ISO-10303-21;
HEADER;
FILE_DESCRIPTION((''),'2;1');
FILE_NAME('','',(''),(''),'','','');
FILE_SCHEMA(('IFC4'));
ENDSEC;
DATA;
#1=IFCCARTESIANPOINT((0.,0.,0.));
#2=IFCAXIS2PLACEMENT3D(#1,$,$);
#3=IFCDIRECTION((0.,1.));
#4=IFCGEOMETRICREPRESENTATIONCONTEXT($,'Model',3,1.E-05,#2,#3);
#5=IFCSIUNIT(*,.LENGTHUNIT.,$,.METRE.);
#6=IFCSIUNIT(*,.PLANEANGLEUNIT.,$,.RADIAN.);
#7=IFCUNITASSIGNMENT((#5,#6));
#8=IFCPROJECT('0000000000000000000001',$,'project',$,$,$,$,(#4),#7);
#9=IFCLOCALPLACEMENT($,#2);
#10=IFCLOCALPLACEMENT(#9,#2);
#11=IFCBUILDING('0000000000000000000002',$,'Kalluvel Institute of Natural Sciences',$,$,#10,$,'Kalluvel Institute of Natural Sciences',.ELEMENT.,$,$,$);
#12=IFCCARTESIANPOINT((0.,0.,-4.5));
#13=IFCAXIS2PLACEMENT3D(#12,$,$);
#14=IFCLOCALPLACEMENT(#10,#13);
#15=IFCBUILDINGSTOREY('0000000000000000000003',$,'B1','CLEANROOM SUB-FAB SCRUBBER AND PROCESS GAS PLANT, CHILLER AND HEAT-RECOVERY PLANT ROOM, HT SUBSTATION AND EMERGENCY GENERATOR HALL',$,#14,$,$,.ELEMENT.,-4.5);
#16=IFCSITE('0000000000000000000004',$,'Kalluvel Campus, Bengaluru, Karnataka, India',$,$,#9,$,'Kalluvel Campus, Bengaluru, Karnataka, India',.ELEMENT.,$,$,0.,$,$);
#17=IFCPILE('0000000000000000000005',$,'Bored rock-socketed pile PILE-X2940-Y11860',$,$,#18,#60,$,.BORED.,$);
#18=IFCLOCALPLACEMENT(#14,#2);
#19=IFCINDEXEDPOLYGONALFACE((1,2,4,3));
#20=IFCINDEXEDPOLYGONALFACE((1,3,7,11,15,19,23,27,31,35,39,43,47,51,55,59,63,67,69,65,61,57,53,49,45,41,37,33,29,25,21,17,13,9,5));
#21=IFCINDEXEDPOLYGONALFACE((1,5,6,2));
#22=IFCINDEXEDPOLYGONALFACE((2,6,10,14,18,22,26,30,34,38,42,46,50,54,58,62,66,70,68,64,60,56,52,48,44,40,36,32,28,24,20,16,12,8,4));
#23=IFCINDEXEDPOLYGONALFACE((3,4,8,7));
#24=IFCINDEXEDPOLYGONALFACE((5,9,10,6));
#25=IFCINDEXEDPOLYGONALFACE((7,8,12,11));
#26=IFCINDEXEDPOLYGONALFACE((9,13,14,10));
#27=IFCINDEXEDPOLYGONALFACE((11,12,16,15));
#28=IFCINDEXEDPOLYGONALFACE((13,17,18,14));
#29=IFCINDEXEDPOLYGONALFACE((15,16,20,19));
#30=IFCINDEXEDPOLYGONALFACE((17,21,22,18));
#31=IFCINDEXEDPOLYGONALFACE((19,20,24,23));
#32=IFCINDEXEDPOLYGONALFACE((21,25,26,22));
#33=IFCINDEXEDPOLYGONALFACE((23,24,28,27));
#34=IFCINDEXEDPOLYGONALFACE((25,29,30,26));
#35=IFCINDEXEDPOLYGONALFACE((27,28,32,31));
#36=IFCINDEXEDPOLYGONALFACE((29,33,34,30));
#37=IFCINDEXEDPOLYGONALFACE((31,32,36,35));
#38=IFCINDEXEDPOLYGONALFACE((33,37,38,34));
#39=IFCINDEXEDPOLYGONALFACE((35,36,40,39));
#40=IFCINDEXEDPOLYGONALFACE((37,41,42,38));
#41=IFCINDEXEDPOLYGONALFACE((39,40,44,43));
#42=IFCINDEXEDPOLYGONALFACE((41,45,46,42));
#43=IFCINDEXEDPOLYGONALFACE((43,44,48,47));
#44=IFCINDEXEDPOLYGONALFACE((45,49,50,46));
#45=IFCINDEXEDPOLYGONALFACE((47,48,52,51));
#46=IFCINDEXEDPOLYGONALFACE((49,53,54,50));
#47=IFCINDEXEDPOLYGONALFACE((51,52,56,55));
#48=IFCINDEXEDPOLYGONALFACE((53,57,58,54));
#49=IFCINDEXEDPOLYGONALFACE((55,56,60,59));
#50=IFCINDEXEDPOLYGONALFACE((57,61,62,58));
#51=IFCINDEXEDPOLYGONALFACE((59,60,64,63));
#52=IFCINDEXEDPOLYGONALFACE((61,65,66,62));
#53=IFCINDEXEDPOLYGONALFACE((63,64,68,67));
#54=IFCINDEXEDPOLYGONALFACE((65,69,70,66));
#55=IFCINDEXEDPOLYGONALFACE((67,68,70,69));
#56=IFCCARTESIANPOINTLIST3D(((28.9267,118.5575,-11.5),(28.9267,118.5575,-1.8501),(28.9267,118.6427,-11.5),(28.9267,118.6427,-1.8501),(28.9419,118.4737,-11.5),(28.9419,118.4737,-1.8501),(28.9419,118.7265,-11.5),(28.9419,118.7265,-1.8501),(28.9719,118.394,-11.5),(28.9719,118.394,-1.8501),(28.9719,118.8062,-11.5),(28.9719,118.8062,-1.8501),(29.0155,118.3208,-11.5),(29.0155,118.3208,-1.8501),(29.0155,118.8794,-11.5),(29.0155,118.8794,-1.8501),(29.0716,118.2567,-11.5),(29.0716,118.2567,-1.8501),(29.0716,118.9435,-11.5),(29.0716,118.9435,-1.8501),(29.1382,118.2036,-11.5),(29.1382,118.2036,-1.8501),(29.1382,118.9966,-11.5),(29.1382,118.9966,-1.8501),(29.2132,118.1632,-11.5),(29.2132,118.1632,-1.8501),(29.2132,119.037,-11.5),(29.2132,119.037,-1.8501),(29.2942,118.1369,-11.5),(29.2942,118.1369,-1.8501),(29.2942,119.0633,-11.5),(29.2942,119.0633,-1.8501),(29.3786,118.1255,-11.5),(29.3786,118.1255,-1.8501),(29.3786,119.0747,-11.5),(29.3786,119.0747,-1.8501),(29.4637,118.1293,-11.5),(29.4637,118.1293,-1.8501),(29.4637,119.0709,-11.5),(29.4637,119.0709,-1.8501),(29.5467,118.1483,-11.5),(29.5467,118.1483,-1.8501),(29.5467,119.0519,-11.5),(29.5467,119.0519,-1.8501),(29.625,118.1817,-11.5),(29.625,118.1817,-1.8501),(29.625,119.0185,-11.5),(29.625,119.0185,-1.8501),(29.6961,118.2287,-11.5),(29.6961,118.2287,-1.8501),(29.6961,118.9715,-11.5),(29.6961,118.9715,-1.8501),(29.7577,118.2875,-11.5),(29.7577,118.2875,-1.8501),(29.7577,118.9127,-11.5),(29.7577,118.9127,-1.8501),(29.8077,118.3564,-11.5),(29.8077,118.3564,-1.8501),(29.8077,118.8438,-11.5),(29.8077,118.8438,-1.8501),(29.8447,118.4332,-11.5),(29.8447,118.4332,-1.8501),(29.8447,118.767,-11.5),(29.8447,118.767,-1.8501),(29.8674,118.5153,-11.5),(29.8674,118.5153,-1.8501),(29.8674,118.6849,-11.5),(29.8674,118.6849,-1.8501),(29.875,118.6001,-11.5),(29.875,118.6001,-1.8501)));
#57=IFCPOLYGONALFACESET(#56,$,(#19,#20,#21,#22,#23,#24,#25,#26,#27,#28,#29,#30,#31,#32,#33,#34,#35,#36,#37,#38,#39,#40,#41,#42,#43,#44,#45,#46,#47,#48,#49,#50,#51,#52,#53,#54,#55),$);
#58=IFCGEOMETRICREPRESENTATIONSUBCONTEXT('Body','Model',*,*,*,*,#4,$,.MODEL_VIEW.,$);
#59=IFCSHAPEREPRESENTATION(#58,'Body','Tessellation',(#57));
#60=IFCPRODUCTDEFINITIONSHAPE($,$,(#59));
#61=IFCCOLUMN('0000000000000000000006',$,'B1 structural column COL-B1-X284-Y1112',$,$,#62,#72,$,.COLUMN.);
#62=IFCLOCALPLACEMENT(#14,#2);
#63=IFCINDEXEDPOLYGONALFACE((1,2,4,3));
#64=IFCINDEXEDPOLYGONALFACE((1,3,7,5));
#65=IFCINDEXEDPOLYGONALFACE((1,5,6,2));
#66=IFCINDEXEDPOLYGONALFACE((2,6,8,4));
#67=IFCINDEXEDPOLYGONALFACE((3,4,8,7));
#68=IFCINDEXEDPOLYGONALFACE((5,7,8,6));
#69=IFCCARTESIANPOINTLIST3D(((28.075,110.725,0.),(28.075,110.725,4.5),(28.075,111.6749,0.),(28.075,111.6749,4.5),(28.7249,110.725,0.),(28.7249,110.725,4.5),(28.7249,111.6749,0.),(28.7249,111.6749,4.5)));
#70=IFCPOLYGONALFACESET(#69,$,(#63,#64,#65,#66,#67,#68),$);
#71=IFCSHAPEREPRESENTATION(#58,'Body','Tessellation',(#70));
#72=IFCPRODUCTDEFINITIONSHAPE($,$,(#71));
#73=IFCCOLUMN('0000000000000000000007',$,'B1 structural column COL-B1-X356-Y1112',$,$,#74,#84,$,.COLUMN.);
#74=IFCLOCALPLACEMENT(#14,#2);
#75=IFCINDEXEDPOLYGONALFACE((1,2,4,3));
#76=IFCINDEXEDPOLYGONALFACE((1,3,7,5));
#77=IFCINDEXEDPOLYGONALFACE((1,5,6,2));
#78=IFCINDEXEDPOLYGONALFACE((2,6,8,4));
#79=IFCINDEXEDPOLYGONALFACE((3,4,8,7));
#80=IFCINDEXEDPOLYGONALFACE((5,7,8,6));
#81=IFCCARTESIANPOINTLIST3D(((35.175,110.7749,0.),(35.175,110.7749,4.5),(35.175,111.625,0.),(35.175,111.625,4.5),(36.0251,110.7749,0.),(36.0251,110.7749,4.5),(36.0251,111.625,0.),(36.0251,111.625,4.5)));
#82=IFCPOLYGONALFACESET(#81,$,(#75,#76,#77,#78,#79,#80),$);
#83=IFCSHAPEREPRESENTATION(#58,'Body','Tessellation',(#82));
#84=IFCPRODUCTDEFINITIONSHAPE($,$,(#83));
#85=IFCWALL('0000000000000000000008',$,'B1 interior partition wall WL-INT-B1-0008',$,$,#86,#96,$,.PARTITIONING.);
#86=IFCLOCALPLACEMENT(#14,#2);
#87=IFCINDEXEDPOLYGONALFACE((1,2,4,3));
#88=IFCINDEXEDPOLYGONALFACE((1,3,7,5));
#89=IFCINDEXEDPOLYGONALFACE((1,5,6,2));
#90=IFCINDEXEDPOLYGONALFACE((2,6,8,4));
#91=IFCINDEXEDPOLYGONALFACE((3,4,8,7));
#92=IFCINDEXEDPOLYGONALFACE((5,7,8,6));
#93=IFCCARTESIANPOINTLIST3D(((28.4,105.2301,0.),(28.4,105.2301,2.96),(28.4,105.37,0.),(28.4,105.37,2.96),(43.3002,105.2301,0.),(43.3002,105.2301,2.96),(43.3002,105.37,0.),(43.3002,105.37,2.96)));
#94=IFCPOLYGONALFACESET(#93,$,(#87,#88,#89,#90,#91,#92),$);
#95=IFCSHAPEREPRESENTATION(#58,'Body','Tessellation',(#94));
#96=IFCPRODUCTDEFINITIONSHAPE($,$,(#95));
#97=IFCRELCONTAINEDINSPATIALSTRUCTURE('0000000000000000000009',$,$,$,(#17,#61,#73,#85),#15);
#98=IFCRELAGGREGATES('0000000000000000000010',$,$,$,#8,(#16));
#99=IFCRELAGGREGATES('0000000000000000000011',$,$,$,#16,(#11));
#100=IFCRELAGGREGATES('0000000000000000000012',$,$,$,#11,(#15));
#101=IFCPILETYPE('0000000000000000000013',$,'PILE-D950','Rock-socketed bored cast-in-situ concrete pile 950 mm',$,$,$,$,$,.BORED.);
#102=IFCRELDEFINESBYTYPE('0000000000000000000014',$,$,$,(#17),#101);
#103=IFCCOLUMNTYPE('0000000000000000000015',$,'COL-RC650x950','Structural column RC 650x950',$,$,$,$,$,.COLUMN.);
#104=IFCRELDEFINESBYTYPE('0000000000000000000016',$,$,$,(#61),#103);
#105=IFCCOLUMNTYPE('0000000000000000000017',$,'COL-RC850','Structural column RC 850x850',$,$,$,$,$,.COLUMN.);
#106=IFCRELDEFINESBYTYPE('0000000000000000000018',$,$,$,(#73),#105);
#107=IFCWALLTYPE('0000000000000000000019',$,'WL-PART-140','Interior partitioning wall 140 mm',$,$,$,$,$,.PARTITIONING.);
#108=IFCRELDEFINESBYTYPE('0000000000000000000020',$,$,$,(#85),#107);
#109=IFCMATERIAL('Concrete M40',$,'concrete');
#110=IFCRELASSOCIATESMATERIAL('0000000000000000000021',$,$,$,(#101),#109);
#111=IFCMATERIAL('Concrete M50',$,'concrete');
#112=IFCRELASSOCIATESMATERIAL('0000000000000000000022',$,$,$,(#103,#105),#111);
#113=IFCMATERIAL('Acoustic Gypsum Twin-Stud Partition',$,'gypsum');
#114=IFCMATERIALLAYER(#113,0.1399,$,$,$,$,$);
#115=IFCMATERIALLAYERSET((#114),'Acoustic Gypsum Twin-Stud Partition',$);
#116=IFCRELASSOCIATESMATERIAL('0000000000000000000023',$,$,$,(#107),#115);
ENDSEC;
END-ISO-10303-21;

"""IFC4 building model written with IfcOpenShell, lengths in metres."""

from ifc_helpers import new_model, si_unit, direction, frame, frame_2d, origin, origin_2d, place, context, subcontext, project, spatial, rectangle, circle, extrude, material, layer, layer_set, material_profile, profile_set, type_object, element, save


model = new_model("IFC4")

# Units and contexts
model_context = context("Model", 3, precision=1e-05, world=origin(), true_north=direction((0.0, 1.0)))
body_context = subcontext(model_context, "Body", "Model", "MODEL_VIEW")
ifc_project = project(units=[si_unit("LENGTHUNIT", "METRE"), si_unit("PLANEANGLEUNIT", "RADIAN")], contexts=[model_context])

# Site, building, storey
site_placement = place(None, origin())
site = spatial("IfcSite", under=ifc_project, at=site_placement, Name="Kalluvel Campus, Bengaluru, Karnataka, India", LongName="Kalluvel Campus, Bengaluru, Karnataka, India", CompositionType="ELEMENT", RefElevation=0.0)
building_placement = place(site_placement, origin())
building = spatial("IfcBuilding", under=site, at=building_placement, Name="Kalluvel Institute of Natural Sciences", LongName="Kalluvel Institute of Natural Sciences", CompositionType="ELEMENT")
storey_placement = place(building_placement, frame((0.0, 0.0, -4.5)))
storey = spatial("IfcBuildingStorey", under=building, at=storey_placement, Name="B1", Description="CLEANROOM SUB-FAB SCRUBBER AND PROCESS GAS PLANT, CHILLER AND HEAT-RECOVERY PLANT ROOM, HT SUBSTATION AND EMERGENCY GENERATOR HALL", CompositionType="ELEMENT", Elevation=-4.5)

# Shared definitions
ifc_material_1 = material(Name="Concrete M40", Category="concrete")

# Pile
ifc_material_profile_1 = material_profile(ifc_material_1, circle(Radius=0.4751, at=origin_2d()), Name="PILE D950")
ifc_profile_set_1 = profile_set([ifc_material_profile_1], Name="Concrete M40")
pile_type_1 = type_object("IfcPileType", Name="PILE-D950", Description="Rock-socketed bored cast-in-situ concrete pile 950 mm", PredefinedType="BORED", material=ifc_profile_set_1)
for number, where, z_axis, x_axis, name in (
    (1, (29.3999, 118.6001, -1.8501), (0.0, 0.0, -1.0), (1.0, 0.0, 0.0), "Bored rock-socketed pile PILE-X2940-Y11860"),
):
    element("IfcPile", number, at=place(storey_placement, frame(where, z_axis=z_axis, x_axis=x_axis)), inside=storey, type_object=pile_type_1, Name=name, PredefinedType="BORED", context=body_context, shape_type="SweptSolid", body=[
        extrude(circle(Radius=0.4751, at=origin_2d()), origin(), (0.0, 0.0, 1.0), 9.6499),
    ])

# Columns
ifc_material_2 = material(Name="Concrete M50", Category="concrete")
ifc_material_profile_2 = material_profile(ifc_material_2, rectangle(XDim=0.6499, YDim=0.95, at=origin_2d()), Name="RC 650x950")
ifc_profile_set_2 = profile_set([ifc_material_profile_2], Name="Concrete M50")
column_type_1 = type_object("IfcColumnType", Name="COL-RC650x950", Description="Structural column RC 650x950", PredefinedType="COLUMN", material=ifc_profile_set_2)
column_1_placement = place(storey_placement, frame((28.3999, 111.2, 0.0), z_axis=(0.0, 0.0, 1.0), x_axis=(1.0, 0.0, 0.0)))
element("IfcColumn", 2, at=column_1_placement, inside=storey, type_object=column_type_1, Name="B1 structural column COL-B1-X284-Y1112", PredefinedType="COLUMN", context=body_context, shape_type="SweptSolid", body=[
    extrude(rectangle(XDim=0.6499, YDim=0.95, at=origin_2d()), origin(), (0.0, 0.0, 1.0), 4.5),
])
ifc_material_profile_3 = material_profile(ifc_material_2, rectangle(XDim=0.8501, YDim=0.8501, at=origin_2d()), Name="RC 850x850")
ifc_profile_set_3 = profile_set([ifc_material_profile_3], Name="Concrete M50")
column_type_2 = type_object("IfcColumnType", Name="COL-RC850", Description="Structural column RC 850x850", PredefinedType="COLUMN", material=ifc_profile_set_3)
column_2_placement = place(storey_placement, frame((35.6001, 111.2, 0.0), z_axis=(0.0, 0.0, 1.0), x_axis=(1.0, 0.0, 0.0)))
element("IfcColumn", 3, at=column_2_placement, inside=storey, type_object=column_type_2, Name="B1 structural column COL-B1-X356-Y1112", PredefinedType="COLUMN", context=body_context, shape_type="SweptSolid", body=[
    extrude(rectangle(XDim=0.8501, YDim=0.8501, at=origin_2d()), origin(), (0.0, 0.0, 1.0), 4.5),
])

# Wall
ifc_material_3 = material(Name="Acoustic Gypsum Twin-Stud Partition", Category="gypsum")
ifc_layer = layer(ifc_material_3, 0.1399)
ifc_layer_set = layer_set([ifc_layer], Name="Acoustic Gypsum Twin-Stud Partition")
wall_type = type_object("IfcWallType", Name="WL-PART-140", Description="Interior partitioning wall 140 mm", PredefinedType="PARTITIONING", material=ifc_layer_set)
wall_placement = place(storey_placement, frame((28.3999, 105.3, 0.0), z_axis=(0.0, 0.0, 1.0), x_axis=(1.0, 0.0, 0.0)))
element("IfcWall", 4, at=wall_placement, inside=storey, type_object=wall_type, Name="B1 interior partition wall WL-INT-B1-0008", PredefinedType="PARTITIONING", context=body_context, shape_type="SweptSolid", body=[
    extrude(rectangle(XDim=14.9001, YDim=0.1399, at=frame_2d((7.4502, 0.0))), origin(), (0.0, 0.0, 1.0), 2.96),
])

save(model, "model.ifc")
